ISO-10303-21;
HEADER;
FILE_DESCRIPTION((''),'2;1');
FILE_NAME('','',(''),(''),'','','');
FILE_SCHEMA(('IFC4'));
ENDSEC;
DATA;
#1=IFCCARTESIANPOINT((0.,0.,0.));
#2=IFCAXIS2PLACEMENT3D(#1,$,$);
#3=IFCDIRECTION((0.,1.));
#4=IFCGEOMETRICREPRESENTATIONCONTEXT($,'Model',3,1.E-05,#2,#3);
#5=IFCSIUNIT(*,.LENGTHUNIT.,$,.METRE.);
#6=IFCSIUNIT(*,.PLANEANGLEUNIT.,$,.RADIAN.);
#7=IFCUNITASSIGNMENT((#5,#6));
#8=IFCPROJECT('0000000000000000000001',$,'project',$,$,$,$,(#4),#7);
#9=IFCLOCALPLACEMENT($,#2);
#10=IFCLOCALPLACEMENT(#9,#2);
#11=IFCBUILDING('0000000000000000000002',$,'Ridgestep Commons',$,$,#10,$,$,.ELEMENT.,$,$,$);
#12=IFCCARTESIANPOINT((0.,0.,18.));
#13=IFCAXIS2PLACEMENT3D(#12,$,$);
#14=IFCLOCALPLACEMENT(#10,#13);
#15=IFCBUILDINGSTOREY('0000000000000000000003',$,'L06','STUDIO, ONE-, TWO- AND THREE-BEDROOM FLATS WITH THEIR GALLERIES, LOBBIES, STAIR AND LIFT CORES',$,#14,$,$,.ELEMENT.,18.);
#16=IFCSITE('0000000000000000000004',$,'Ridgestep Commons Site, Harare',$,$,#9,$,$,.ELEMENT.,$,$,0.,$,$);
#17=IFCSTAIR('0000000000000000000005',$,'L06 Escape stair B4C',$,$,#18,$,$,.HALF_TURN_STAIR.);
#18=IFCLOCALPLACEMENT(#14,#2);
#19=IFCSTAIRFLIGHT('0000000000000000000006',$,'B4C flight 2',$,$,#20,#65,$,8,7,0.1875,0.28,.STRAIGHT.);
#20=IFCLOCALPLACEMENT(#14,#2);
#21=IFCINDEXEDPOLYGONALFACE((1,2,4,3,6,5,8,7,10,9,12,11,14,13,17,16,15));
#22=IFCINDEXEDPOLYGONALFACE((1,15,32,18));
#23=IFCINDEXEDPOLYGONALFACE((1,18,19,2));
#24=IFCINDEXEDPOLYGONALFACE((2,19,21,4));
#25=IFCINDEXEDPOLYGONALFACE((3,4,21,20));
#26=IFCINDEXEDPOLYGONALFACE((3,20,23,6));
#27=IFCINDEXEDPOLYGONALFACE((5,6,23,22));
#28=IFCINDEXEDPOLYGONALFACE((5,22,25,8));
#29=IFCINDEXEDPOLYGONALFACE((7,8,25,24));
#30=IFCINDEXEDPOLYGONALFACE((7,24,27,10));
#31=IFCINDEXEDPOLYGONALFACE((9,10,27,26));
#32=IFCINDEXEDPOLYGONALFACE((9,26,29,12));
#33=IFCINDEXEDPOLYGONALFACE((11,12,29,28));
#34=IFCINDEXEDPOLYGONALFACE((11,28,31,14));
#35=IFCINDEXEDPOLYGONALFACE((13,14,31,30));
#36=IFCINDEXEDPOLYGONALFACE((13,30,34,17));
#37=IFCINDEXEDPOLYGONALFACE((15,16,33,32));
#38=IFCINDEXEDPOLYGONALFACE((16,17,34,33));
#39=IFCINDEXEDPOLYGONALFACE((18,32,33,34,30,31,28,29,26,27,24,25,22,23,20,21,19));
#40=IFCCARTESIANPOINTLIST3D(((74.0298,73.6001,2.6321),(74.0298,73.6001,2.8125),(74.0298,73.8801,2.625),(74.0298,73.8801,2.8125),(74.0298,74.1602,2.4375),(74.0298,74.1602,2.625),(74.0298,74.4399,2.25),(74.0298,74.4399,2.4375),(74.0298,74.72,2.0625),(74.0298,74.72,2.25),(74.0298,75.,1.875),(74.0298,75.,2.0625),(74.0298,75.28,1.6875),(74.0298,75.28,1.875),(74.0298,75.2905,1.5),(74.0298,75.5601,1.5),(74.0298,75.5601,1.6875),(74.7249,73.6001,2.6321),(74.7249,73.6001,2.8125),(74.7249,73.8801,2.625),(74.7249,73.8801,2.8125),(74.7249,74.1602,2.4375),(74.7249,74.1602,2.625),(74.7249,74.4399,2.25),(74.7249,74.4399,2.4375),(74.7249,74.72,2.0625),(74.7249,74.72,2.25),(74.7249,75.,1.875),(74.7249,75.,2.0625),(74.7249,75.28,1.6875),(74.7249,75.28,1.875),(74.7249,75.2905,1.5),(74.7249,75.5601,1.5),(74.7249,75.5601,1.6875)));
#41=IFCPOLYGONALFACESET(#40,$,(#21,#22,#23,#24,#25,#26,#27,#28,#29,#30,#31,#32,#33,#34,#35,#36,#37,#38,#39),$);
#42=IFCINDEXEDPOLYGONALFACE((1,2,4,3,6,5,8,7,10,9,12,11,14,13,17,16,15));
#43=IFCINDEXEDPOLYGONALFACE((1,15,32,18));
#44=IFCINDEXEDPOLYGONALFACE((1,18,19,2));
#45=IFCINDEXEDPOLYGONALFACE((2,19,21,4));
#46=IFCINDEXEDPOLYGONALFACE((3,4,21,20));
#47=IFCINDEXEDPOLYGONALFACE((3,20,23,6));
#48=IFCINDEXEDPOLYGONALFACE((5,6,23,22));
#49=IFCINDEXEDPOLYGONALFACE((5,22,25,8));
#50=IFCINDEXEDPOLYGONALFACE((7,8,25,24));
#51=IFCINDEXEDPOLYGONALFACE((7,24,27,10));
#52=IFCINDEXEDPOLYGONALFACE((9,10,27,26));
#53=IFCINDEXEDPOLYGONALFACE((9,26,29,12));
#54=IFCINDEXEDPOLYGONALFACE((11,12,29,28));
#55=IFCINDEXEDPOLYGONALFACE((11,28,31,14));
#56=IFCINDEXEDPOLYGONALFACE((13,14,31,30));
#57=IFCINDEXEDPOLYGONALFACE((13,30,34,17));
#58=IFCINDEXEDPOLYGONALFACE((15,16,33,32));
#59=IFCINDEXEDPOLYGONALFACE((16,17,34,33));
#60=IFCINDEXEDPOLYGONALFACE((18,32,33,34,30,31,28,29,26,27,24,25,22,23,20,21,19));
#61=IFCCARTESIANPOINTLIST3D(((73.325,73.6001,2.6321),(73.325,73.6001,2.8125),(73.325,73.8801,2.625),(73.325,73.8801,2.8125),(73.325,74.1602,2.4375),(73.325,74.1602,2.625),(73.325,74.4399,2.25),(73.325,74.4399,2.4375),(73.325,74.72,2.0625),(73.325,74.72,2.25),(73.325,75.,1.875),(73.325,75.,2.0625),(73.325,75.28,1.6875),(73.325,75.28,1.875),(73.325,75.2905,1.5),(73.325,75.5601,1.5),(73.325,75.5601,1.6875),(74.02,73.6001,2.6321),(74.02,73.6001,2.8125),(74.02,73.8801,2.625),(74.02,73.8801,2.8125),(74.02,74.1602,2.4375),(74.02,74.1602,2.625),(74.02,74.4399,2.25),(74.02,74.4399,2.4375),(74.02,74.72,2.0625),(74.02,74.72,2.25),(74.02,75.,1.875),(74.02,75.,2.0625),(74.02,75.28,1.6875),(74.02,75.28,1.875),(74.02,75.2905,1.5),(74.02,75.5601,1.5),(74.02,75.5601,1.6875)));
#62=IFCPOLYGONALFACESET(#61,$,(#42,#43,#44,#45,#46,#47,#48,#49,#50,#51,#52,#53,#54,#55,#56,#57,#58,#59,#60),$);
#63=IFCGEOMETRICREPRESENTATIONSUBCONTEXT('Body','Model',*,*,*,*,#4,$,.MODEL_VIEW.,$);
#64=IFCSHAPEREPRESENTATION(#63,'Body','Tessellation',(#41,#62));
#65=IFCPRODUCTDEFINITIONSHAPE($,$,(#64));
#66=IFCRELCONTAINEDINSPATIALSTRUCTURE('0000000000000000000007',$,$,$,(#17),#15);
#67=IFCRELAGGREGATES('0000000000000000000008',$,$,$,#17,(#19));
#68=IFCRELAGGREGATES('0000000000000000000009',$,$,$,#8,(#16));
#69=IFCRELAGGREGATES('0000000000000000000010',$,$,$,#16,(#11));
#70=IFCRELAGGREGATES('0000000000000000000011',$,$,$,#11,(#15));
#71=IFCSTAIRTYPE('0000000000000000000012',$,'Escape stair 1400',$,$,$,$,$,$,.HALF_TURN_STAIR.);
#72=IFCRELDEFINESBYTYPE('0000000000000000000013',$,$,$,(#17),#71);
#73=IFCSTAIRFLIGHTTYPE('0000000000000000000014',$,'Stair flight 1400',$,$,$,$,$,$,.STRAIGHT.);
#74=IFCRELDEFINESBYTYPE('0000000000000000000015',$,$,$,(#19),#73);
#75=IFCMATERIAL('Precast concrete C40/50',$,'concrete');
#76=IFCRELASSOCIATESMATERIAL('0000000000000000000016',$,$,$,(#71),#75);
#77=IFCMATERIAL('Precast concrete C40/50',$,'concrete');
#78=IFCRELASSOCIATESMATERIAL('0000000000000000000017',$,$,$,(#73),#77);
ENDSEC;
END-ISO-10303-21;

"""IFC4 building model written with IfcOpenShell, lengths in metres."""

from ifc_helpers import new_model, si_unit, direction, frame, origin, place, context, subcontext, project, spatial, polyline, outline, extrude, material, type_object, element, aggregate, save


model = new_model("IFC4")

# Units and contexts
model_context = context("Model", 3, precision=1e-05, world=origin(), true_north=direction((0.0, 1.0)))
body_context = subcontext(model_context, "Body", "Model", "MODEL_VIEW")
ifc_project = project(units=[si_unit("LENGTHUNIT", "METRE"), si_unit("PLANEANGLEUNIT", "RADIAN")], contexts=[model_context])

# Site, building, storey
site_placement = place(None, origin())
site = spatial("IfcSite", under=ifc_project, at=site_placement, Name="Ridgestep Commons Site, Harare", CompositionType="ELEMENT", RefElevation=0.0)
building_placement = place(site_placement, origin())
building = spatial("IfcBuilding", under=site, at=building_placement, Name="Ridgestep Commons", CompositionType="ELEMENT")
storey_placement = place(building_placement, frame((0.0, 0.0, 18.0)))
storey = spatial("IfcBuildingStorey", under=building, at=storey_placement, Name="L06", Description="STUDIO, ONE-, TWO- AND THREE-BEDROOM FLATS WITH THEIR GALLERIES, LOBBIES, STAIR AND LIFT CORES", CompositionType="ELEMENT", Elevation=18.0)

# Stair, stair flight
ifc_material_1 = material(Name="Precast concrete C40/50", Category="concrete")
stair_type = type_object("IfcStairType", Name="Escape stair 1400", PredefinedType="HALF_TURN_STAIR", material=ifc_material_1)
stair_placement = place(storey_placement, origin())
stair = element("IfcStair", 1, at=stair_placement, inside=storey, type_object=stair_type, Name="L06 Escape stair B4C", PredefinedType="HALF_TURN_STAIR")
ifc_material_2 = material(Name="Precast concrete C40/50", Category="concrete")
stair_flight_type = type_object("IfcStairFlightType", Name="Stair flight 1400", PredefinedType="STRAIGHT", material=ifc_material_2)
stair_flight_1_placement = place(storey_placement, frame((74.0249, 75.5601, 1.5), z_axis=(0.0, 0.0, 1.0), x_axis=(0.0, -1.0, 0.0)))
stair_flight_1 = element("IfcStairFlight", 2, at=stair_flight_1_placement, type_object=stair_flight_type, Name="B4C flight 2", NumberOfRisers=8, NumberOfTreads=7, PredefinedType="STRAIGHT", RiserHeight=0.1875, TreadLength=0.28, context=body_context, shape_type="SweptSolid", body=[
    extrude(outline(polyline([(0.0, 0.0), (0.0, 0.1875), (0.28, 0.1875), (0.28, 0.375), (0.5601, 0.375), (0.5601, 0.5625), (0.8401, 0.5625), (0.8401, 0.75), (1.1201, 0.75), (1.1201, 0.9375), (1.3999, 0.9375), (1.3999, 1.125), (1.6799, 1.125), (1.6799, 1.3125), (1.96, 1.3125), (1.96, 1.5), (1.96, 1.1321), (0.2695, 0.0), (0.0, 0.0)])), frame((0.0, 0.7, 0.0), z_axis=(0.0, -1.0, 0.0), x_axis=(1.0, 0.0, 0.0)), (0.0, 0.0, 1.0), 0.6951),
    extrude(outline(polyline([(0.0, 0.0), (0.0, 0.1875), (0.28, 0.1875), (0.28, 0.375), (0.5601, 0.375), (0.5601, 0.5625), (0.8401, 0.5625), (0.8401, 0.75), (1.1201, 0.75), (1.1201, 0.9375), (1.3999, 0.9375), (1.3999, 1.125), (1.6799, 1.125), (1.6799, 1.3125), (1.96, 1.3125), (1.96, 1.5), (1.96, 1.1321), (0.2695, 0.0), (0.0, 0.0)])), frame((0.0, -0.0049, 0.0), z_axis=(0.0, -1.0, 0.0), x_axis=(1.0, 0.0, 0.0)), (0.0, 0.0, 1.0), 0.6951),
])
aggregate(stair, [stair_flight_1])

save(model, "model.ifc")
